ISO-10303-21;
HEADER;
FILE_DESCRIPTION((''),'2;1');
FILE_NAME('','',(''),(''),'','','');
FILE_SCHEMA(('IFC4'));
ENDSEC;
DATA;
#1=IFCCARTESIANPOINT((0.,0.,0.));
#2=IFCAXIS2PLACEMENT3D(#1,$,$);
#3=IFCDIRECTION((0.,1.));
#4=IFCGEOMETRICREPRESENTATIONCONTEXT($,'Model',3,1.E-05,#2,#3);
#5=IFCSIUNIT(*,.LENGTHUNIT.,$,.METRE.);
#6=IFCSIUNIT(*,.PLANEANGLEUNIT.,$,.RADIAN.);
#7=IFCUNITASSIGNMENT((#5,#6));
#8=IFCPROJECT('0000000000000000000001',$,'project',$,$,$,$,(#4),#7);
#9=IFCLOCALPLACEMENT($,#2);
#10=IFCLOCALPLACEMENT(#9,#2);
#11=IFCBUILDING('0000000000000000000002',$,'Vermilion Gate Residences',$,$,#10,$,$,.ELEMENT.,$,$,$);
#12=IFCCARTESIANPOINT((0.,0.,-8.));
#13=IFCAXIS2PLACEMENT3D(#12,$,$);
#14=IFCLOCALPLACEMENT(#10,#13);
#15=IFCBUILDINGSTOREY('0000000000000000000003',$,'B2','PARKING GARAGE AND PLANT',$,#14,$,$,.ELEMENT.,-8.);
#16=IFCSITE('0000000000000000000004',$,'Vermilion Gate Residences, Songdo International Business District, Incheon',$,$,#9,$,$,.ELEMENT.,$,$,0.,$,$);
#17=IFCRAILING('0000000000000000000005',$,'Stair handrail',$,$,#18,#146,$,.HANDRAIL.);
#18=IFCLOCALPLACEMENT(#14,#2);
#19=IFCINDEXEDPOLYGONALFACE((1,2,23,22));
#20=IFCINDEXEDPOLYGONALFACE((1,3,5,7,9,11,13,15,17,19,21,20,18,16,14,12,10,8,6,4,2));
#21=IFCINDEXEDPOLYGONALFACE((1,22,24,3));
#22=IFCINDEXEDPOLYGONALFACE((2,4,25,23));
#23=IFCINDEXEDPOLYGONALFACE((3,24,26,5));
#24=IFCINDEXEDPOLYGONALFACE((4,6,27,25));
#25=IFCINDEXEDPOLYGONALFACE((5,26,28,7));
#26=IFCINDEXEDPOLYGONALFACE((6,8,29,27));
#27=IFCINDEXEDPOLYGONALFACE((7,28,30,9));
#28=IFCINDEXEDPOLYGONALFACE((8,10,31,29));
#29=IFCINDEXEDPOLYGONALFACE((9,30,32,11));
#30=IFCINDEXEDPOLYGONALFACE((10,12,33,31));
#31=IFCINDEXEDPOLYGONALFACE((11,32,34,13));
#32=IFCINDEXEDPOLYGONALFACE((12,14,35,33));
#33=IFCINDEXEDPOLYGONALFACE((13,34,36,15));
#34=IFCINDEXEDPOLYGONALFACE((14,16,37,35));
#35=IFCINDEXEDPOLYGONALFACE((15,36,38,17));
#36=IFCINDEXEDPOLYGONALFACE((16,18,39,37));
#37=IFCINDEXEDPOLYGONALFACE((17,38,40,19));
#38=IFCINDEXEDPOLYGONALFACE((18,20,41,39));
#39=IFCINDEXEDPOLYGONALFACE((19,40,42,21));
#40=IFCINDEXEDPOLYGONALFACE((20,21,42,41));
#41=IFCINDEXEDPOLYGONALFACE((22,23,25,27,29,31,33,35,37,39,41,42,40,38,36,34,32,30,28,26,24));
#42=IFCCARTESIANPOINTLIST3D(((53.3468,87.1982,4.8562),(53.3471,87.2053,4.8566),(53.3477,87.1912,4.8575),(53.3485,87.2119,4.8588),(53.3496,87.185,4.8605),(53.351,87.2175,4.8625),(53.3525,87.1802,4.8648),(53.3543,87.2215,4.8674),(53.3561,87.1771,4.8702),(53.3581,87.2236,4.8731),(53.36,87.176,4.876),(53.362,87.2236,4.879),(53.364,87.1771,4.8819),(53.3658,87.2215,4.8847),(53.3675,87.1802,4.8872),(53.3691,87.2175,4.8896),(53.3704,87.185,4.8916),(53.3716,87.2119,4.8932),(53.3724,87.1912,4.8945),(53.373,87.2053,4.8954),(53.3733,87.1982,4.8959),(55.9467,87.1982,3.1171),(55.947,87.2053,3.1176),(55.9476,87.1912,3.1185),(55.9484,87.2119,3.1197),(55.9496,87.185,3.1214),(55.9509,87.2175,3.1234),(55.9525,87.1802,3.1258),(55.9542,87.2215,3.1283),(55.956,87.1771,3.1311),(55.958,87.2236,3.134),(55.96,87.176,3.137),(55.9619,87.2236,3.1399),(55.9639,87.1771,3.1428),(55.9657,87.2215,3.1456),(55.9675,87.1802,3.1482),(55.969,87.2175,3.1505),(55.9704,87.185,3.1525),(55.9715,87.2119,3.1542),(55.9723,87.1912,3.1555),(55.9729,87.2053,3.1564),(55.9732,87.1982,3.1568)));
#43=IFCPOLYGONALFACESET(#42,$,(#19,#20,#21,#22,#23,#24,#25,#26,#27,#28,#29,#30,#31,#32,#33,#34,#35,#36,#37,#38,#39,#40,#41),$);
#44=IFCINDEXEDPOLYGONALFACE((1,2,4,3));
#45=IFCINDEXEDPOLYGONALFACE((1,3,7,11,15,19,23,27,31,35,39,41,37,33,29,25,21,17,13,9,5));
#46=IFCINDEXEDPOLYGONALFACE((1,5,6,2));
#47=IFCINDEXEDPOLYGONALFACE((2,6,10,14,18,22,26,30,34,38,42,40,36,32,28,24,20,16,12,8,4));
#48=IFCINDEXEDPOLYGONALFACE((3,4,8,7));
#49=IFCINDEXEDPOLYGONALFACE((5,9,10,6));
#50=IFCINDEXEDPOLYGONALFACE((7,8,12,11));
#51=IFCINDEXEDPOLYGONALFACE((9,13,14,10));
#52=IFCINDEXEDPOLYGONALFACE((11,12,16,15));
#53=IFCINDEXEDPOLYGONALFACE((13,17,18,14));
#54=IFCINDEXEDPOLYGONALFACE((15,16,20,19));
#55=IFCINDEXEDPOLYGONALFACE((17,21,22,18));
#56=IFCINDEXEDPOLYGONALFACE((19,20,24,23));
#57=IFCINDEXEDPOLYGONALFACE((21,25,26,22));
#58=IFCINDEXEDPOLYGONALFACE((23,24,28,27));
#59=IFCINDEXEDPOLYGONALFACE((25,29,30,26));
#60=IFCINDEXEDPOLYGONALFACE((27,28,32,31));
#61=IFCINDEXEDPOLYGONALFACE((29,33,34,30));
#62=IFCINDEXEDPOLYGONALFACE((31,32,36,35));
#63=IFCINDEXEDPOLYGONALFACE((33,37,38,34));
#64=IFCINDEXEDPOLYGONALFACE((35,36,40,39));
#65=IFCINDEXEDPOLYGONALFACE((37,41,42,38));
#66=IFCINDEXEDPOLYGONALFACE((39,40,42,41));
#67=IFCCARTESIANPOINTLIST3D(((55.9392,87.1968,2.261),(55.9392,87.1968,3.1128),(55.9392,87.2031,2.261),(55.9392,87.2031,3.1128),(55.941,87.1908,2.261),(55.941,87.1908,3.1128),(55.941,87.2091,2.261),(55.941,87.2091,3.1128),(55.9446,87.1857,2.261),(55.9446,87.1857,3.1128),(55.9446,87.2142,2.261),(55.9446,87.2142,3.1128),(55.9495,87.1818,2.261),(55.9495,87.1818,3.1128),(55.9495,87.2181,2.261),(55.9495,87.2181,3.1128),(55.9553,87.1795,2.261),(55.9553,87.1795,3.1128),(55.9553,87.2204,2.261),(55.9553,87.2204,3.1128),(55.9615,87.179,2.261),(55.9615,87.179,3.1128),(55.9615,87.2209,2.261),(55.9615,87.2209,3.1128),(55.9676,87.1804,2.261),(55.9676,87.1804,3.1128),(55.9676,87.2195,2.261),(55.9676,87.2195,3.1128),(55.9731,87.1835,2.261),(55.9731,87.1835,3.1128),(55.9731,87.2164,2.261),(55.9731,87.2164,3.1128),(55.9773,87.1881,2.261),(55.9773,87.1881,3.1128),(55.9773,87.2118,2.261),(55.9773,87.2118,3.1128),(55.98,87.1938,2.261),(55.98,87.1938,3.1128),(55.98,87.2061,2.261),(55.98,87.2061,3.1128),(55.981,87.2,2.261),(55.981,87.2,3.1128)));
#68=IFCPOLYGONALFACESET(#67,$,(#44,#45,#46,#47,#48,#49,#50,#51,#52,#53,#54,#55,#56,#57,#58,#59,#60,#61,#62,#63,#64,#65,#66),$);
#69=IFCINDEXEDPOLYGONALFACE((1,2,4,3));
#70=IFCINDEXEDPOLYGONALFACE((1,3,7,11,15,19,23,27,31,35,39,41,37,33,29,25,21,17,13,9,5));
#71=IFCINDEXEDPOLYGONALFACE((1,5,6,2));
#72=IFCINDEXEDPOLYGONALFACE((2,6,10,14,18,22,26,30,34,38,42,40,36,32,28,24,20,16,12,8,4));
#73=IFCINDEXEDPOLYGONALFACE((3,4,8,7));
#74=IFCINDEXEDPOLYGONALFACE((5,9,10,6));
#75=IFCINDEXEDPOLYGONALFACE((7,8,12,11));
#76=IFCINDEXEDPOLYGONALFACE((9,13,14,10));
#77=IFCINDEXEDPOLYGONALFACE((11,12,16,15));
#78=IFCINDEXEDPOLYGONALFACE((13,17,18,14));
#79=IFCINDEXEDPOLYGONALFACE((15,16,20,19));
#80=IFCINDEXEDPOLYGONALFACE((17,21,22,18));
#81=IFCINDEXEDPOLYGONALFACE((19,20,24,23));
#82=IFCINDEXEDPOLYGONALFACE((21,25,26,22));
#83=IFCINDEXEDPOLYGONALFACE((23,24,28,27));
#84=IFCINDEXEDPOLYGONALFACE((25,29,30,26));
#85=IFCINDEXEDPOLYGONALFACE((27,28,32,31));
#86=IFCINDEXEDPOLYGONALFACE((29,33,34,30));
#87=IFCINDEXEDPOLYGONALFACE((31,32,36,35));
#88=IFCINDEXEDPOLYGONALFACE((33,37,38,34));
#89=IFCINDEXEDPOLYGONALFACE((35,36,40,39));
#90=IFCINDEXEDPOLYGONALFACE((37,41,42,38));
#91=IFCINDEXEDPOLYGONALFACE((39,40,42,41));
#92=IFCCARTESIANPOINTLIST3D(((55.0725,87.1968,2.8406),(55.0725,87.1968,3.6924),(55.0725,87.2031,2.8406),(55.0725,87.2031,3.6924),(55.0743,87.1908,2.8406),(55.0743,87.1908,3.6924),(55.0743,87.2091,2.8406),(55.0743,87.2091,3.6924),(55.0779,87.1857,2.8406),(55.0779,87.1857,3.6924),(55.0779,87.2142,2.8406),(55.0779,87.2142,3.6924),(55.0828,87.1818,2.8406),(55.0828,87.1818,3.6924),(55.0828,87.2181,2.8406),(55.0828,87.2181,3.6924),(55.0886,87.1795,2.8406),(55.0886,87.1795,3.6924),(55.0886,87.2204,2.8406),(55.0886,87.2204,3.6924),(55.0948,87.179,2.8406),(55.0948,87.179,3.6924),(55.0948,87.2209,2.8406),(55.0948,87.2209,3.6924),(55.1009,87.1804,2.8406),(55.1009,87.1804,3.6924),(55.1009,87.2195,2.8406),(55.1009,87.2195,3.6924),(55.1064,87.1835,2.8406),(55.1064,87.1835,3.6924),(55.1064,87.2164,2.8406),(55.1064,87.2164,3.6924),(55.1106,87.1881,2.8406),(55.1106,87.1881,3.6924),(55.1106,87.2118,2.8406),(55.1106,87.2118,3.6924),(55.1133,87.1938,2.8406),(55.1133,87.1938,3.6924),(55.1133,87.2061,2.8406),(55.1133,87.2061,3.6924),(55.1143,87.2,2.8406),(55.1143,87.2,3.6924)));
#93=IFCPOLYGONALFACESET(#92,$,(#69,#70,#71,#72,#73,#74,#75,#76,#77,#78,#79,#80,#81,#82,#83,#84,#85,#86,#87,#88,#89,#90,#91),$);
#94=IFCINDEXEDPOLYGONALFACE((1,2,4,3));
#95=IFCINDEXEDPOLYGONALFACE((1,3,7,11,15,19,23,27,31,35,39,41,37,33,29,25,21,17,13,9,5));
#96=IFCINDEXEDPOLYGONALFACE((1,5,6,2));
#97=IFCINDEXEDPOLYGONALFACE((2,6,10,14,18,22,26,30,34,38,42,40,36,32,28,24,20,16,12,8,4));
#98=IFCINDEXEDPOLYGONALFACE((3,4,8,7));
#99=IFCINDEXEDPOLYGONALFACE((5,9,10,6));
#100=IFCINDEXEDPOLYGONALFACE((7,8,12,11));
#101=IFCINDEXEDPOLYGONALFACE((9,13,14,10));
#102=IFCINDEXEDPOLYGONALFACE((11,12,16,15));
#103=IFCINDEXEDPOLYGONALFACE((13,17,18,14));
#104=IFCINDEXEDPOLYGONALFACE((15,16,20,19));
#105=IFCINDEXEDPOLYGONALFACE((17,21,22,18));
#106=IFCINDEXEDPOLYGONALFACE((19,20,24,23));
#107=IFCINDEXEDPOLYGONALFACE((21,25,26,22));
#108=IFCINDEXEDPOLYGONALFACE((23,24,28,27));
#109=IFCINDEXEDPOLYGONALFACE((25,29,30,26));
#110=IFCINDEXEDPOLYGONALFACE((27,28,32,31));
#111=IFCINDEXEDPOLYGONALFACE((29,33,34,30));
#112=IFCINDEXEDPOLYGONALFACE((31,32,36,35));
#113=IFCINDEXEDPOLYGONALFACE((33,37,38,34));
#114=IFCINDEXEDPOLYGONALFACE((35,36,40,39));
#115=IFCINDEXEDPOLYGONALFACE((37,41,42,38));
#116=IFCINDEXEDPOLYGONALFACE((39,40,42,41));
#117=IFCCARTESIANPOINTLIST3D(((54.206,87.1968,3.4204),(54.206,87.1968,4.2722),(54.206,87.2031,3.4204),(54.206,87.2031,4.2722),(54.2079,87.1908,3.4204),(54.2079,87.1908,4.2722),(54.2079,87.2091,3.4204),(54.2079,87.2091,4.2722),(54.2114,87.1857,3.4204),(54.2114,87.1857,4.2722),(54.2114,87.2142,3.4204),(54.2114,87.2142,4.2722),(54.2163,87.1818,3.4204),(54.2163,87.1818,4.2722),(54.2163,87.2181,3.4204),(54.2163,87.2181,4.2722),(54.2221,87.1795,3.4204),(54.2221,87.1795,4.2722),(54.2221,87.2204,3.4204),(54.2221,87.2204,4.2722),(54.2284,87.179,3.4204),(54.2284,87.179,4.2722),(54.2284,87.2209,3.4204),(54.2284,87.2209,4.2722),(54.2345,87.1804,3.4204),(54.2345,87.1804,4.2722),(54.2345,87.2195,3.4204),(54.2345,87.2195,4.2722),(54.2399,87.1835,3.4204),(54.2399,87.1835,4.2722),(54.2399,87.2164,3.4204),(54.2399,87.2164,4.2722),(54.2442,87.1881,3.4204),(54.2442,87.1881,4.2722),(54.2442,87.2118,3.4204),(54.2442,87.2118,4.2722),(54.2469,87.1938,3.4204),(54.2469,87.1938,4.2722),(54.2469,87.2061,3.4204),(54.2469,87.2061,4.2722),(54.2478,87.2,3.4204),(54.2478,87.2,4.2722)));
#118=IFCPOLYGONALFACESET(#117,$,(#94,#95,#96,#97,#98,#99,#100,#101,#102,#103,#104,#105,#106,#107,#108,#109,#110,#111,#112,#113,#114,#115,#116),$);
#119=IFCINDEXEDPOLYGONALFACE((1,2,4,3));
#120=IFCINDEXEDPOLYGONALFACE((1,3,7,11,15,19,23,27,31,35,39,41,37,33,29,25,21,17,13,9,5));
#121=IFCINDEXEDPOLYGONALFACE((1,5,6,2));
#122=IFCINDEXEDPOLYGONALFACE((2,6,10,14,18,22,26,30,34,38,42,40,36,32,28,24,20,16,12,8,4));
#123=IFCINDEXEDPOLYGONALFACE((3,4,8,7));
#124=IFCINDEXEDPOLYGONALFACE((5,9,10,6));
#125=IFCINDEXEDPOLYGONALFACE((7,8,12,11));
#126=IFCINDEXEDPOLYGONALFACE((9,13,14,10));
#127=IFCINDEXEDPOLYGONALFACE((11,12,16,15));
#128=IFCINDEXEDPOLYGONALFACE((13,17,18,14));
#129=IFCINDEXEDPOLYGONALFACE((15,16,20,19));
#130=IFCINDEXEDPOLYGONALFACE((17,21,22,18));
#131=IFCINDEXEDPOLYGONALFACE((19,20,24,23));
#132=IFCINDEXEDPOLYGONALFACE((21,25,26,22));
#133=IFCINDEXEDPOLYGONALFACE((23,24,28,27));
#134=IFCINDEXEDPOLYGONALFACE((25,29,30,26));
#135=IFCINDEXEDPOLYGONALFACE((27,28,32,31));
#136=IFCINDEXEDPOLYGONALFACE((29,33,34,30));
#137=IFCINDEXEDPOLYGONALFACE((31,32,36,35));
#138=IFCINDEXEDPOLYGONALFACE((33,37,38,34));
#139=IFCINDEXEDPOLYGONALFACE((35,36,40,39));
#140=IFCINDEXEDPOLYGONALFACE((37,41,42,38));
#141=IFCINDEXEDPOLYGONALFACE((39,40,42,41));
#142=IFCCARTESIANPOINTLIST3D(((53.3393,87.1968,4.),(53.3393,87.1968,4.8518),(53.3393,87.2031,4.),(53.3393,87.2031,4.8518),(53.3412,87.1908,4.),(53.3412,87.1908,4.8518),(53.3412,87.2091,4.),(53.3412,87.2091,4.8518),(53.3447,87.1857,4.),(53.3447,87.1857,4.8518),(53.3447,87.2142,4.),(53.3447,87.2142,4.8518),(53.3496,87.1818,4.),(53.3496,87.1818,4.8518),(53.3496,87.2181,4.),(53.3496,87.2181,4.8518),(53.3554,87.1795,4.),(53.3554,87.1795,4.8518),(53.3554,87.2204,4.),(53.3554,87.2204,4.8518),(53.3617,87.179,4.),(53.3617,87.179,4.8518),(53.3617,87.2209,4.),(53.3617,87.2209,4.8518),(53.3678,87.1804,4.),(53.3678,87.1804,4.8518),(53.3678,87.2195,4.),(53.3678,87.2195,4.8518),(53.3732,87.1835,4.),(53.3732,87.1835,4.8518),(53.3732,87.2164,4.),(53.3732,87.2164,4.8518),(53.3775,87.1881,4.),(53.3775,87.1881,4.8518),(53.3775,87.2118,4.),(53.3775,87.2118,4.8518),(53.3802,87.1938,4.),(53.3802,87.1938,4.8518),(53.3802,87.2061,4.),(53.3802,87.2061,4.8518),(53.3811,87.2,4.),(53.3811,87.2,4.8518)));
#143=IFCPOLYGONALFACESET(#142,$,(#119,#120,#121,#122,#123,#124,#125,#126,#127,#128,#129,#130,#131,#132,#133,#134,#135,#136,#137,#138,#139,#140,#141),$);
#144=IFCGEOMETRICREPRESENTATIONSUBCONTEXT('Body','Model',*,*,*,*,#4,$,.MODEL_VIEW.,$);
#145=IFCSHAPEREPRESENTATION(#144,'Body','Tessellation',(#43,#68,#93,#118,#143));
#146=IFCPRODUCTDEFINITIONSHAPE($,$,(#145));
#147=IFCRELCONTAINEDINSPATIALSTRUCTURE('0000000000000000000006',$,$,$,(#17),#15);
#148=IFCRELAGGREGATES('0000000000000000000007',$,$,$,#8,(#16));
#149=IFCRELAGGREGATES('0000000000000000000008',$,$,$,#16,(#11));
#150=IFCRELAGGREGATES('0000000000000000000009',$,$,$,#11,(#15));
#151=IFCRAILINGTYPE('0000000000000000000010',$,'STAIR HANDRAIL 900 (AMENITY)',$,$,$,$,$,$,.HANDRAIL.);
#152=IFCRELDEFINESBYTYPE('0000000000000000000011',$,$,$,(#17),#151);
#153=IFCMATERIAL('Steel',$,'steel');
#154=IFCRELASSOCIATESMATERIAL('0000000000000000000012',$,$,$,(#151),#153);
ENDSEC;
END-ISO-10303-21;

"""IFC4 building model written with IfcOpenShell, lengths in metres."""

from ifc_helpers import new_model, si_unit, direction, frame, origin, origin_2d, place, context, subcontext, project, spatial, circle, extrude, material, type_object, element, save


model = new_model("IFC4")

# Units and contexts
model_context = context("Model", 3, precision=1e-05, world=origin(), true_north=direction((0.0, 1.0)))
body_context = subcontext(model_context, "Body", "Model", "MODEL_VIEW")
ifc_project = project(units=[si_unit("LENGTHUNIT", "METRE"), si_unit("PLANEANGLEUNIT", "RADIAN")], contexts=[model_context])

# Site, building, storey
site_placement = place(None, origin())
site = spatial("IfcSite", under=ifc_project, at=site_placement, Name="Vermilion Gate Residences, Songdo International Business District, Incheon", CompositionType="ELEMENT", RefElevation=0.0)
building_placement = place(site_placement, origin())
building = spatial("IfcBuilding", under=site, at=building_placement, Name="Vermilion Gate Residences", CompositionType="ELEMENT")
storey_placement = place(building_placement, frame((0.0, 0.0, -8.0)))
storey = spatial("IfcBuildingStorey", under=building, at=storey_placement, Name="B2", Description="PARKING GARAGE AND PLANT", CompositionType="ELEMENT", Elevation=-8.0)

# Railing
ifc_material_1 = material(Name="Steel", Category="steel")
railing_type = type_object("IfcRailingType", Name="STAIR HANDRAIL 900 (AMENITY)", PredefinedType="HANDRAIL", material=ifc_material_1)
railing_1_placement = place(storey_placement, frame((55.96, 87.2, 2.261)))
element("IfcRailing", 1, at=railing_1_placement, inside=storey, type_object=railing_type, Name="Stair handrail", PredefinedType="HANDRAIL", context=body_context, shape_type="SweptSolid", body=[
    extrude(circle(Radius=0.0239, at=origin_2d()), frame((0.0, 0.0, 0.876), z_axis=(-0.831197, 0.0, 0.555978), x_axis=(0.0, -1.0, 0.0)), (0.0, 0.0, 1.0), 3.1279),
    extrude(circle(Radius=0.021, at=origin_2d()), origin(), (0.0, 0.0, 1.0), 0.8518),
    extrude(circle(Radius=0.021, at=origin_2d()), frame((-0.8667, 0.0, 0.5796)), (0.0, 0.0, 1.0), 0.8518),
    extrude(circle(Radius=0.021, at=origin_2d()), frame((-1.7332, 0.0, 1.1594)), (0.0, 0.0, 1.0), 0.8518),
    extrude(circle(Radius=0.021, at=origin_2d()), frame((-2.5999, 0.0, 1.739)), (0.0, 0.0, 1.0), 0.8518),
])

save(model, "model.ifc")
